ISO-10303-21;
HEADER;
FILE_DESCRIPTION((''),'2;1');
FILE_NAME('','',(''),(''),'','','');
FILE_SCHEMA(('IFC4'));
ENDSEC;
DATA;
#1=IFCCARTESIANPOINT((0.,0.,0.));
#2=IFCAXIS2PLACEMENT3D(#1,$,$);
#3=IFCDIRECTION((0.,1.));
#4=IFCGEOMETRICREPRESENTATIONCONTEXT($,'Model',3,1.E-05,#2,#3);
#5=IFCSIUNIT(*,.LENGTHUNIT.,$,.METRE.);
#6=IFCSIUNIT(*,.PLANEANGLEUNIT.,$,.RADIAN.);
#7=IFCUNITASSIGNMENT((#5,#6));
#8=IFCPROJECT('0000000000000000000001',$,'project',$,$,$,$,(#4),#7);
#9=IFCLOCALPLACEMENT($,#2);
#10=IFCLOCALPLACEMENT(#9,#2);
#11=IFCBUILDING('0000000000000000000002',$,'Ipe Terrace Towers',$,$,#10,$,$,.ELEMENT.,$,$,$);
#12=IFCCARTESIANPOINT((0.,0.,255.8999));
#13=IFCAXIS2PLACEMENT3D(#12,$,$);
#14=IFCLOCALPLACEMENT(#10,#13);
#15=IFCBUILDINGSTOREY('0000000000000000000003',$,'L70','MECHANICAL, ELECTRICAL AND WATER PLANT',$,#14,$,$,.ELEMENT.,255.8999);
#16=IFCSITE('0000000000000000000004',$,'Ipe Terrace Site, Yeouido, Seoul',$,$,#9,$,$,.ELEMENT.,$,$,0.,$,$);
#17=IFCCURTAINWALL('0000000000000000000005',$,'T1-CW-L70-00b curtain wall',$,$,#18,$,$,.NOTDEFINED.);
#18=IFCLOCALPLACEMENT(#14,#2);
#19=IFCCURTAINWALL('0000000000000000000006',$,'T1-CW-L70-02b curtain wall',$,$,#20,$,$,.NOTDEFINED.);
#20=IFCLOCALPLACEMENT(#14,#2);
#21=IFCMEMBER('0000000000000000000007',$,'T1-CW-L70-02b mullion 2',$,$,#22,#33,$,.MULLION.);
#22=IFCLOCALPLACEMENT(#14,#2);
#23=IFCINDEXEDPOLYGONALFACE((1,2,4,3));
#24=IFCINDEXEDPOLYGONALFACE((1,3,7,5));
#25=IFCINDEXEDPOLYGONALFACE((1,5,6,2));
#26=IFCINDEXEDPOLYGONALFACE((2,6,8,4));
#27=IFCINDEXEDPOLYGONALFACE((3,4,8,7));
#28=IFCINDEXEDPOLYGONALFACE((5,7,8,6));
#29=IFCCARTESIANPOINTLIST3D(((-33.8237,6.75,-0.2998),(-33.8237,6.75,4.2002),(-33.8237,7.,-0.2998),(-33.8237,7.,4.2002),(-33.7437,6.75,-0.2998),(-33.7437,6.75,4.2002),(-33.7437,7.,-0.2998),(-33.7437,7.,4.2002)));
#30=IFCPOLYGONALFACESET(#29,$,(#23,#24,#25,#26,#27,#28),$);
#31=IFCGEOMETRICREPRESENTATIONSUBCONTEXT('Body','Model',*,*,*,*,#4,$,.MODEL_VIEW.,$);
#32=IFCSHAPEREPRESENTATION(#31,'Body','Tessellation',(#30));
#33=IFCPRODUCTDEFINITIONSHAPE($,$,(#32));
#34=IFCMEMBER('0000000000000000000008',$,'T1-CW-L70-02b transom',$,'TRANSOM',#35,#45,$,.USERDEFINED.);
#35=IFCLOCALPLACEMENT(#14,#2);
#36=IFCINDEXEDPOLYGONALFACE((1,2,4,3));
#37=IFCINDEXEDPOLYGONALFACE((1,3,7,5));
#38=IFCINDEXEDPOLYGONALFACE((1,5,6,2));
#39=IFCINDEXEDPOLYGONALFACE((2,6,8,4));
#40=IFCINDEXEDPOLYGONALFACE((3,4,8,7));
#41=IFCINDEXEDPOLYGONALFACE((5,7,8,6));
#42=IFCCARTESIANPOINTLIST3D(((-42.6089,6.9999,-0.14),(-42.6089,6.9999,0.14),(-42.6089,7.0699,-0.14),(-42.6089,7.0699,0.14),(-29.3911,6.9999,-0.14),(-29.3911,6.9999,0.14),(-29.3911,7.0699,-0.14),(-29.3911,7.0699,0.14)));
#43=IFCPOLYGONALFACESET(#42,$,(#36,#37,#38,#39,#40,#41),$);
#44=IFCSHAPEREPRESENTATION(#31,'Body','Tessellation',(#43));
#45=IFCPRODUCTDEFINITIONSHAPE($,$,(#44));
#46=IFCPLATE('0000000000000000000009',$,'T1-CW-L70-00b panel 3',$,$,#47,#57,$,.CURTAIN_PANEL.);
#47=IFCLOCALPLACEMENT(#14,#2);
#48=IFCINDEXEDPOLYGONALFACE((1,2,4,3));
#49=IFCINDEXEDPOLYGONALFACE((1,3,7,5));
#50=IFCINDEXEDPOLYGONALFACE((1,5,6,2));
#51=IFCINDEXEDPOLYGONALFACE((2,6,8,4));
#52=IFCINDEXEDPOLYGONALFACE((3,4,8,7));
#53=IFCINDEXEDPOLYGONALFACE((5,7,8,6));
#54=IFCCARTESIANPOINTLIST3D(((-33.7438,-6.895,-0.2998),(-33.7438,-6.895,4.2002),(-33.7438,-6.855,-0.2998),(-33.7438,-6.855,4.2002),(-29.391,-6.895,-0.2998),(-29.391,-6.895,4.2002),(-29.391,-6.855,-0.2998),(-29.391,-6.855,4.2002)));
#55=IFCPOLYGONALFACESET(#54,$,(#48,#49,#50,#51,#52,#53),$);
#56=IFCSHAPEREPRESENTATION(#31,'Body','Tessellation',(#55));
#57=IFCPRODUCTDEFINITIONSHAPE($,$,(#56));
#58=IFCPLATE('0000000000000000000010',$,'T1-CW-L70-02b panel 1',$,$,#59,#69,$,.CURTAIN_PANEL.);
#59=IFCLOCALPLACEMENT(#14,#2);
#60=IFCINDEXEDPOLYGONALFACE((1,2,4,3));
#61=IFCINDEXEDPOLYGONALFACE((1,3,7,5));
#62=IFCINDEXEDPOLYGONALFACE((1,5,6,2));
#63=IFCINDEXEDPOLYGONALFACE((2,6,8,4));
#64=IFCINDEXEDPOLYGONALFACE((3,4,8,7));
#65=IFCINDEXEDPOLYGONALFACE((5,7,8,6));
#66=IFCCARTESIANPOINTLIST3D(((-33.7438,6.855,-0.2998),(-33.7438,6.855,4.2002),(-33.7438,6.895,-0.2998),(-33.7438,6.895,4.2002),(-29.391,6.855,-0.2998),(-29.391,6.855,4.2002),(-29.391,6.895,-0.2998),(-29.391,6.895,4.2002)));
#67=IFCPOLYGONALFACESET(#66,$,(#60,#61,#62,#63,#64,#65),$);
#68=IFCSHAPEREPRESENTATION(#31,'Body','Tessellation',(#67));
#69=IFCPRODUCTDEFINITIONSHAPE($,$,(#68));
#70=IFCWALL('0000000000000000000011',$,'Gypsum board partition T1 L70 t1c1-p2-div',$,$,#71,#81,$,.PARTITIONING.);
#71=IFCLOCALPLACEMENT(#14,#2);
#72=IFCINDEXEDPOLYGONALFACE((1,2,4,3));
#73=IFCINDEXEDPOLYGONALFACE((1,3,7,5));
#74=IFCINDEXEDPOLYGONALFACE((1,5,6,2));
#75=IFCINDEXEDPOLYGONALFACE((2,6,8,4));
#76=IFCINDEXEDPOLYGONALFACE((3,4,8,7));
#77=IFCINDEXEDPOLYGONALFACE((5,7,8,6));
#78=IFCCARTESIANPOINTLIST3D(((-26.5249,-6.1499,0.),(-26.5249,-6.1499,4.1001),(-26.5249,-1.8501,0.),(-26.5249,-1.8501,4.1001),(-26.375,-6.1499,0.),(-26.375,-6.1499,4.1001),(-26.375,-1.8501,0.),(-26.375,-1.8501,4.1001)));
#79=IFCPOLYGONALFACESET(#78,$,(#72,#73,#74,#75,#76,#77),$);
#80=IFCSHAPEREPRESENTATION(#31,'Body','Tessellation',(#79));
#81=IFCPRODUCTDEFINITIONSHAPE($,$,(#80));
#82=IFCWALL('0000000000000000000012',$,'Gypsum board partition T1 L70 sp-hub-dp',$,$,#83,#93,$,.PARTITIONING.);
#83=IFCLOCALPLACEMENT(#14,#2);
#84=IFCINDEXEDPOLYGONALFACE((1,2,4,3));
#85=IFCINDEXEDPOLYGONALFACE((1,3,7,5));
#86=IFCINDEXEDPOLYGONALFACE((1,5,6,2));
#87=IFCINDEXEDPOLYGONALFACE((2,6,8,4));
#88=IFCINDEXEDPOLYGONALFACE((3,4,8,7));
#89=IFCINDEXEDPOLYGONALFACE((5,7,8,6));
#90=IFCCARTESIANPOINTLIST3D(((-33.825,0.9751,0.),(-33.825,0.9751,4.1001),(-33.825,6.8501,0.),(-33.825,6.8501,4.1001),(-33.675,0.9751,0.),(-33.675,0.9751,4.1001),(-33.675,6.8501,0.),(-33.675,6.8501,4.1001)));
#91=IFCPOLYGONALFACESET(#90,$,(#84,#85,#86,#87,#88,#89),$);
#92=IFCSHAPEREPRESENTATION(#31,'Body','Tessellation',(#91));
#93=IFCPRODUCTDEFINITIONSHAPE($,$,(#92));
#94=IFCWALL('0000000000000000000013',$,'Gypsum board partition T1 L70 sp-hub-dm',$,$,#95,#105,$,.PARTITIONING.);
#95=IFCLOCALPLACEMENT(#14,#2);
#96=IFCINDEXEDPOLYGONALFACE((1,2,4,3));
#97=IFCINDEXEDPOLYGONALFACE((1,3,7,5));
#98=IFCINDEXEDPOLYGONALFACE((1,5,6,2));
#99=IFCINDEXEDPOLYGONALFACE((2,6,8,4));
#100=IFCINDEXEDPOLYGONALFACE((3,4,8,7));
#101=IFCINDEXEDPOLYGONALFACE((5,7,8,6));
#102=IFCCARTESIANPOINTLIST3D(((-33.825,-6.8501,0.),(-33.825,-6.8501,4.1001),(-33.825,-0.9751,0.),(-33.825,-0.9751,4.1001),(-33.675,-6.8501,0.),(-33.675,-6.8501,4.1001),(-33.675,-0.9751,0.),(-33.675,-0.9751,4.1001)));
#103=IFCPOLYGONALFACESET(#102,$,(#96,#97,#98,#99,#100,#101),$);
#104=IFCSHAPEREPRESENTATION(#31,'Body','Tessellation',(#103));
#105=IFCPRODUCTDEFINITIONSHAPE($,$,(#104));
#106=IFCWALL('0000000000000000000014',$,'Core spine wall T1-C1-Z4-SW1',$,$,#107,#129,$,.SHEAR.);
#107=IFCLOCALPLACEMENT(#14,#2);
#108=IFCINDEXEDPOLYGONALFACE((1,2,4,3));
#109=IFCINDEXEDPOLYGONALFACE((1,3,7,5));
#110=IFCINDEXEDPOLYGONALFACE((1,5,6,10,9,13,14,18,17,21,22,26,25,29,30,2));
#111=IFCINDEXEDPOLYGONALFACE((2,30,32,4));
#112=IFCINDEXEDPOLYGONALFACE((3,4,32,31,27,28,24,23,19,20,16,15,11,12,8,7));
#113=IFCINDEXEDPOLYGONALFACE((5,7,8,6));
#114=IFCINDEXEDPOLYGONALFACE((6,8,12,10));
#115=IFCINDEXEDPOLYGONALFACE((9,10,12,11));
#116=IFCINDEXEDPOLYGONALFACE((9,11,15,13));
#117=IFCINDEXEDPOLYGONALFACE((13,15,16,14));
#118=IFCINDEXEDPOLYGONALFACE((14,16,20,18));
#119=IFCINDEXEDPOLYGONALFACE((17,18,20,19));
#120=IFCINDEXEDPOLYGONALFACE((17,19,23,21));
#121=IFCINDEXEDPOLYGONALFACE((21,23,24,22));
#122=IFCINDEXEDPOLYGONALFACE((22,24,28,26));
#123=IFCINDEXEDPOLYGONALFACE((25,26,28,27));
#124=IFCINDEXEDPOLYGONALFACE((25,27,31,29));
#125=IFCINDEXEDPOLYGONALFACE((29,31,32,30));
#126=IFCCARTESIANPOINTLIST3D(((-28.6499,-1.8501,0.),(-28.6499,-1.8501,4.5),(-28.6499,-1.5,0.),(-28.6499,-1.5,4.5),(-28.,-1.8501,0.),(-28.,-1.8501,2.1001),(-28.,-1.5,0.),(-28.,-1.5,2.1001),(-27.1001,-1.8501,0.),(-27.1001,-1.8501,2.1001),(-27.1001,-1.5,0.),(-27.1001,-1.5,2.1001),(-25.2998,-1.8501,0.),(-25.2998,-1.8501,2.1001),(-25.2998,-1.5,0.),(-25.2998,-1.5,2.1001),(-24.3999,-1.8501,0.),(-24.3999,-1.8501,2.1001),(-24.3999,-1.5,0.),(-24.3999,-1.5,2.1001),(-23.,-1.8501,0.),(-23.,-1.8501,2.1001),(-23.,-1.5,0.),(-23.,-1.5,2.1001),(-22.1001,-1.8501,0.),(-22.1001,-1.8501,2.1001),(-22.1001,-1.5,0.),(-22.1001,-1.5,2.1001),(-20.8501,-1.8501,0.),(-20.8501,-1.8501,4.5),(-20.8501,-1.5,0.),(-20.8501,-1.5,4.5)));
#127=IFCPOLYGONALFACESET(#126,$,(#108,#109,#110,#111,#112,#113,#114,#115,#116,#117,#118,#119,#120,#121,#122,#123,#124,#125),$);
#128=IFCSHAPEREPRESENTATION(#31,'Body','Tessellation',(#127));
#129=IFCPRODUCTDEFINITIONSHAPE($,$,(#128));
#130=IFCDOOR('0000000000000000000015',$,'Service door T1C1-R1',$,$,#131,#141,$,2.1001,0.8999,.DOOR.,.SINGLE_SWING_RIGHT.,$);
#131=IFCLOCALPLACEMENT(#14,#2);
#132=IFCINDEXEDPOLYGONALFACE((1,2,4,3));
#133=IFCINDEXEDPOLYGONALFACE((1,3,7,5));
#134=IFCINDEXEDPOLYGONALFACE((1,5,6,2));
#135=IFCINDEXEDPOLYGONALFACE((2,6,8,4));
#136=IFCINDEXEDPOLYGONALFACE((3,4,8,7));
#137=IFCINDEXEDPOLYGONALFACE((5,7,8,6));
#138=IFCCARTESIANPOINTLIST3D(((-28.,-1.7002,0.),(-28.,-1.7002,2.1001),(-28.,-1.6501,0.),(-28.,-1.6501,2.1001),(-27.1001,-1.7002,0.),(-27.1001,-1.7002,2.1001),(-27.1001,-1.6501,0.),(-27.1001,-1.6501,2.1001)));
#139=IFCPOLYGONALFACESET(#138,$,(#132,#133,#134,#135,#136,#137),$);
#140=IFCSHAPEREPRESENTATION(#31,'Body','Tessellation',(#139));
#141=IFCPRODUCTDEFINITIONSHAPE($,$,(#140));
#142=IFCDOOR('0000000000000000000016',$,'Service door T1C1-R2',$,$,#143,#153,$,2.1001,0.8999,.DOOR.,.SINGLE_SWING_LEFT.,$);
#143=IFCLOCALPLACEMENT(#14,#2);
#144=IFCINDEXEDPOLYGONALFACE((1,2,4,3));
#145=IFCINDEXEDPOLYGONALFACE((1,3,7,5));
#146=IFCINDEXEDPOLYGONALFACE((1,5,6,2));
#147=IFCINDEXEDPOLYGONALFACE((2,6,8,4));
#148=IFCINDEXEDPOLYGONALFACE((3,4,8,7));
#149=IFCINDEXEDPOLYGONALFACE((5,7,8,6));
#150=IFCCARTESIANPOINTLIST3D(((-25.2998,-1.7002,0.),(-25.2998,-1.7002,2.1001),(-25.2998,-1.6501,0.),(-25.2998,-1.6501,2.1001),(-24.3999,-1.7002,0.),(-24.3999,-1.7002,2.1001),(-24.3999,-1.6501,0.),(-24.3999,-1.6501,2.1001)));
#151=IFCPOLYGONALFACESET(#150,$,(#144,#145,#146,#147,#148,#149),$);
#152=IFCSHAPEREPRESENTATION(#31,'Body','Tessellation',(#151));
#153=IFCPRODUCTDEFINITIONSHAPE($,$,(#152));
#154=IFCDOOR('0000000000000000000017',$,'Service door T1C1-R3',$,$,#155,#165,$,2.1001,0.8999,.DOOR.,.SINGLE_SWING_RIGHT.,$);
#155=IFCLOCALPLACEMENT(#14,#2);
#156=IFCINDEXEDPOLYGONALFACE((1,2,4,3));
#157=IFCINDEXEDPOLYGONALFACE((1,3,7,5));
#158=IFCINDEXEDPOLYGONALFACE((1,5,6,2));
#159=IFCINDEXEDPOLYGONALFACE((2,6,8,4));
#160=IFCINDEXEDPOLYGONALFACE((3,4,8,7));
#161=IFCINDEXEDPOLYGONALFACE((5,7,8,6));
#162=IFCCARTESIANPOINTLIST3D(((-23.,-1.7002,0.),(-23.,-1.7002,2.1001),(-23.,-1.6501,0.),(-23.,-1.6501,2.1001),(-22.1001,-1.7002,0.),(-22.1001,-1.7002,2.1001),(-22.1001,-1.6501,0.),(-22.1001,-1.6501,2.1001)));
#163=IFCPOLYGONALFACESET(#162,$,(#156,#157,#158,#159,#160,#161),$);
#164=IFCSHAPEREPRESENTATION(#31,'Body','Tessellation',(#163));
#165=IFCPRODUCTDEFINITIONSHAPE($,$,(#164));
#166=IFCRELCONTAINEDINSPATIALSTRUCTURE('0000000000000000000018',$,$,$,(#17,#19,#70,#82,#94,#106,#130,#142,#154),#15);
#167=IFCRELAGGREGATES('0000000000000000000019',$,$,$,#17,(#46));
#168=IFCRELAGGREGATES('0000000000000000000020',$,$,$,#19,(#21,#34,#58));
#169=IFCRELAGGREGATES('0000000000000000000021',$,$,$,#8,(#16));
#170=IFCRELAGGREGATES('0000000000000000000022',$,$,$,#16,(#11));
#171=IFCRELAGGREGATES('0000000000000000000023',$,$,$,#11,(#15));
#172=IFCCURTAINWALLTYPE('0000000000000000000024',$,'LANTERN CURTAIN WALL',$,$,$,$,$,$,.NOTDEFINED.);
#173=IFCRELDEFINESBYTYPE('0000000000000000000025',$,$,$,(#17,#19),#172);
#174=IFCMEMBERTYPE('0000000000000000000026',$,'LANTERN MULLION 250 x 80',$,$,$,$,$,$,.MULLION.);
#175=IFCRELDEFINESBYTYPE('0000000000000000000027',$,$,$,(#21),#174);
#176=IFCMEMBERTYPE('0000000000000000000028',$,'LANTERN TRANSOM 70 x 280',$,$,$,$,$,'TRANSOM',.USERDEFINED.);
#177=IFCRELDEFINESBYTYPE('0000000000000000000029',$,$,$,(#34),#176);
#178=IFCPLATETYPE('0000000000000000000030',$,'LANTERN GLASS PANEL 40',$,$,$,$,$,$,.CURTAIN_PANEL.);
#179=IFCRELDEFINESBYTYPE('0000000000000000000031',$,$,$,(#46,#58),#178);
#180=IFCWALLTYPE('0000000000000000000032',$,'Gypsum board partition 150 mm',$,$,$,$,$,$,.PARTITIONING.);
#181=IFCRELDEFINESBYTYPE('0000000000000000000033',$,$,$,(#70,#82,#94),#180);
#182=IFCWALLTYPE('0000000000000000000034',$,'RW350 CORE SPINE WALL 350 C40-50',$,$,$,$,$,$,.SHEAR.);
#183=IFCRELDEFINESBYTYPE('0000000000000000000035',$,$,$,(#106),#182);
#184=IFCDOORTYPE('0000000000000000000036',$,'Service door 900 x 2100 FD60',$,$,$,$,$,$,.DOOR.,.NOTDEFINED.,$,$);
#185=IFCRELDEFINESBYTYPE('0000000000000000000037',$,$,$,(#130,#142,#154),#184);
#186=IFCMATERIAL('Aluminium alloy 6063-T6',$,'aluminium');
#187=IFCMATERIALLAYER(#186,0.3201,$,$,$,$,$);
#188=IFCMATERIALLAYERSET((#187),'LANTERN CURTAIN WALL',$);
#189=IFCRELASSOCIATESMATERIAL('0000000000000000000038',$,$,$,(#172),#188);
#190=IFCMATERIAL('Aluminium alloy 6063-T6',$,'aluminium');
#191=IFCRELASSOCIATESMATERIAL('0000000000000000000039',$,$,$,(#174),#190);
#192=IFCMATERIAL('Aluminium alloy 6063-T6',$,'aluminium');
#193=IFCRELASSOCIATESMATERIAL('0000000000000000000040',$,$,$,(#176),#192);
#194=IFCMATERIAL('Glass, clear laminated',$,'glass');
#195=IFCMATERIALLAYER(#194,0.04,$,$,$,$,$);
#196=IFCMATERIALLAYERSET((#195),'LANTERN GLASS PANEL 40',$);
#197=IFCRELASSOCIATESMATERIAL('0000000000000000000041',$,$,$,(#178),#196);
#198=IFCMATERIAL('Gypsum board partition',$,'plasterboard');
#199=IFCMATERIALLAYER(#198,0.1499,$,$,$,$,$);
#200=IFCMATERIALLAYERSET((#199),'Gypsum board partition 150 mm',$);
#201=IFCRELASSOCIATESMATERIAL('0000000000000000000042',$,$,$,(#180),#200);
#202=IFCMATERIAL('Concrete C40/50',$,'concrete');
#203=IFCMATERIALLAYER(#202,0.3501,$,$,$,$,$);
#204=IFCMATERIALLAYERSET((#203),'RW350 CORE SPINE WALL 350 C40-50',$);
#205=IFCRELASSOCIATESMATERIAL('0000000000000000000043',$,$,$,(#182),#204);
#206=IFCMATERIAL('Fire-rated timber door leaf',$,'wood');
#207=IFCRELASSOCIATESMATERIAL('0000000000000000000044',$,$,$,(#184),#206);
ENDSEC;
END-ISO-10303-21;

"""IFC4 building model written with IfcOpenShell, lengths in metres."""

from ifc_helpers import new_model, si_unit, direction, frame, frame_2d, origin, origin_2d, place, context, subcontext, project, spatial, rectangle, extrude, material, layer, layer_set, material_profile, profile_set, type_object, element, fill, aggregate, save


model = new_model("IFC4")

# Units and contexts
model_context = context("Model", 3, precision=1e-05, world=origin(), true_north=direction((0.0, 1.0)))
body_context = subcontext(model_context, "Body", "Model", "MODEL_VIEW")
ifc_project = project(units=[si_unit("LENGTHUNIT", "METRE"), si_unit("PLANEANGLEUNIT", "RADIAN")], contexts=[model_context])

# Site, building, storey
site_placement = place(None, origin())
site = spatial("IfcSite", under=ifc_project, at=site_placement, Name="Ipe Terrace Site, Yeouido, Seoul", CompositionType="ELEMENT", RefElevation=0.0)
building_placement = place(site_placement, origin())
building = spatial("IfcBuilding", under=site, at=building_placement, Name="Ipe Terrace Towers", CompositionType="ELEMENT")
storey_placement = place(building_placement, frame((0.0, 0.0, 255.8999)))
storey = spatial("IfcBuildingStorey", under=building, at=storey_placement, Name="L70", Description="MECHANICAL, ELECTRICAL AND WATER PLANT", CompositionType="ELEMENT", Elevation=255.8999)

# Curtain walls
ifc_material_1 = material(Name="Aluminium alloy 6063-T6", Category="aluminium")
ifc_layer_1 = layer(ifc_material_1, 0.3201)
ifc_layer_set_1 = layer_set([ifc_layer_1], Name="LANTERN CURTAIN WALL")
curtain_wall_type = type_object("IfcCurtainWallType", Name="LANTERN CURTAIN WALL", PredefinedType="NOTDEFINED", material=ifc_layer_set_1)
curtain_wall_1_placement = place(storey_placement, origin())
curtain_wall_1 = element("IfcCurtainWall", 1, at=curtain_wall_1_placement, inside=storey, type_object=curtain_wall_type, Name="T1-CW-L70-00b curtain wall", PredefinedType="NOTDEFINED")
curtain_wall_2_placement = place(storey_placement, origin())
curtain_wall_2 = element("IfcCurtainWall", 2, at=curtain_wall_2_placement, inside=storey, type_object=curtain_wall_type, Name="T1-CW-L70-02b curtain wall", PredefinedType="NOTDEFINED")

# Members
ifc_material_2 = material(Name="Aluminium alloy 6063-T6", Category="aluminium")
ifc_material_profile_1 = material_profile(ifc_material_2, rectangle(XDim=0.25, YDim=0.0801, at=origin_2d()), Name="LANTERN MULLION 250 x 80")
ifc_profile_set_1 = profile_set([ifc_material_profile_1], Name="Aluminium alloy 6063-T6")
member_type_1 = type_object("IfcMemberType", Name="LANTERN MULLION 250 x 80", PredefinedType="MULLION", material=ifc_profile_set_1)
member_1_placement = place(storey_placement, frame((-33.7837, 6.875, -0.2998), z_axis=(0.0, 0.0, 1.0), x_axis=(0.0, 1.0, 0.0)))
member_1 = element("IfcMember", 3, at=member_1_placement, type_object=member_type_1, Name="T1-CW-L70-02b mullion 2", PredefinedType="MULLION", context=body_context, shape_type="SweptSolid", body=[
    extrude(rectangle(XDim=0.25, YDim=0.0801, at=origin_2d()), origin(), (0.0, 0.0, 1.0), 4.5),
])
ifc_material_3 = material(Name="Aluminium alloy 6063-T6", Category="aluminium")
ifc_material_profile_2 = material_profile(ifc_material_3, rectangle(XDim=0.0701, YDim=0.28, at=origin_2d()), Name="LANTERN TRANSOM 70 x 280")
ifc_profile_set_2 = profile_set([ifc_material_profile_2], Name="Aluminium alloy 6063-T6")
member_type_2 = type_object("IfcMemberType", Name="LANTERN TRANSOM 70 x 280", ElementType="TRANSOM", PredefinedType="USERDEFINED", material=ifc_profile_set_2)
member_2_placement = place(storey_placement, frame((-29.3911, 7.0349, 0.0), z_axis=(-1.0, 0.0, 0.0), x_axis=(0.0, 1.0, 0.0)))
member_2 = element("IfcMember", 4, at=member_2_placement, type_object=member_type_2, Name="T1-CW-L70-02b transom", ObjectType="TRANSOM", PredefinedType="USERDEFINED", context=body_context, shape_type="SweptSolid", body=[
    extrude(rectangle(XDim=0.0701, YDim=0.28, at=origin_2d()), origin(), (0.0, 0.0, 1.0), 13.2178),
])

# Plates
ifc_material_4 = material(Name="Glass, clear laminated", Category="glass")
ifc_layer_2 = layer(ifc_material_4, 0.04)
ifc_layer_set_2 = layer_set([ifc_layer_2], Name="LANTERN GLASS PANEL 40")
plate_type = type_object("IfcPlateType", Name="LANTERN GLASS PANEL 40", PredefinedType="CURTAIN_PANEL", material=ifc_layer_set_2)
plate_1_placement = place(storey_placement, frame((-31.5674, -6.875, -0.2998), z_axis=(0.0, 0.0, 1.0), x_axis=(1.0, 0.0, 0.0)))
plate_1 = element("IfcPlate", 5, at=plate_1_placement, type_object=plate_type, Name="T1-CW-L70-00b panel 3", PredefinedType="CURTAIN_PANEL", context=body_context, shape_type="SweptSolid", body=[
    extrude(rectangle(XDim=4.3528, YDim=0.04, at=origin_2d()), origin(), (0.0, 0.0, 1.0), 4.5),
])
aggregate(curtain_wall_1, [plate_1])
plate_2_placement = place(storey_placement, frame((-31.5674, 6.875, -0.2998), z_axis=(0.0, 0.0, 1.0), x_axis=(-1.0, 0.0, 0.0)))
plate_2 = element("IfcPlate", 6, at=plate_2_placement, type_object=plate_type, Name="T1-CW-L70-02b panel 1", PredefinedType="CURTAIN_PANEL", context=body_context, shape_type="SweptSolid", body=[
    extrude(rectangle(XDim=4.3528, YDim=0.04, at=origin_2d()), origin(), (0.0, 0.0, 1.0), 4.5),
])
aggregate(curtain_wall_2, [member_1, member_2, plate_2])

# Walls
ifc_material_5 = material(Name="Gypsum board partition", Category="plasterboard")
ifc_layer_3 = layer(ifc_material_5, 0.1499)
ifc_layer_set_3 = layer_set([ifc_layer_3], Name="Gypsum board partition 150 mm")
wall_type_1 = type_object("IfcWallType", Name="Gypsum board partition 150 mm", PredefinedType="PARTITIONING", material=ifc_layer_set_3)
wall_1_placement = place(storey_placement, frame((-26.45, -6.1499, 0.0), z_axis=(0.0, 0.0, 1.0), x_axis=(0.0, 1.0, 0.0)))
element("IfcWall", 7, at=wall_1_placement, inside=storey, type_object=wall_type_1, Name="Gypsum board partition T1 L70 t1c1-p2-div", PredefinedType="PARTITIONING", context=body_context, shape_type="SweptSolid", body=[
    extrude(rectangle(XDim=4.2998, YDim=0.1499, at=frame_2d((2.1499, 0.0))), origin(), (0.0, 0.0, 1.0), 4.1001),
])
for number, where, z_axis, x_axis, name in (
    (8, (-33.75, 0.9751, 0.0), (0.0, 0.0, 1.0), (0.0, 1.0, 0.0), "Gypsum board partition T1 L70 sp-hub-dp"),
    (9, (-33.75, -0.9751, 0.0), (0.0, 0.0, 1.0), (0.0, -1.0, 0.0), "Gypsum board partition T1 L70 sp-hub-dm"),
):
    element("IfcWall", number, at=place(storey_placement, frame(where, z_axis=z_axis, x_axis=x_axis)), inside=storey, type_object=wall_type_1, Name=name, PredefinedType="PARTITIONING", context=body_context, shape_type="SweptSolid", body=[
        extrude(rectangle(XDim=5.875, YDim=0.1499, at=frame_2d((2.9375, 0.0))), origin(), (0.0, 0.0, 1.0), 4.1001),
    ])

# Wall, openings, doors
ifc_material_6 = material(Name="Concrete C40/50", Category="concrete")
ifc_layer_4 = layer(ifc_material_6, 0.3501)
ifc_layer_set_4 = layer_set([ifc_layer_4], Name="RW350 CORE SPINE WALL 350 C40-50")
wall_type_2 = type_object("IfcWallType", Name="RW350 CORE SPINE WALL 350 C40-50", PredefinedType="SHEAR", material=ifc_layer_set_4)
wall_2_placement = place(storey_placement, frame((-28.6499, -1.675, 0.0), z_axis=(0.0, 0.0, 1.0), x_axis=(1.0, 0.0, 0.0)))
wall_2 = element("IfcWall", 10, at=wall_2_placement, inside=storey, type_object=wall_type_2, Name="Core spine wall T1-C1-Z4-SW1", PredefinedType="SHEAR", context=body_context, shape_type="SweptSolid", body=[
    extrude(rectangle(XDim=7.7998, YDim=0.3501, at=frame_2d((3.8999, 0.0))), origin(), (0.0, 0.0, 1.0), 4.5),
])
opening_1_placement = place(wall_2_placement, frame((0.6499, 0.0, 0.0)))
opening_1 = element("IfcOpeningElement", 11, at=opening_1_placement, cuts=wall_2, PredefinedType="OPENING", context=body_context, shape_type="SweptSolid", body=[
    extrude(rectangle(XDim=0.8999, YDim=2.1001, at=frame_2d((0.45, 1.05))), frame((0.0, 0.1851, 0.0), z_axis=(0.0, -1.0, 0.0), x_axis=(1.0, 0.0, 0.0)), (0.0, 0.0, 1.0), 0.3701),
])
opening_2_placement = place(wall_2_placement, frame((3.3501, 0.0, 0.0)))
opening_2 = element("IfcOpeningElement", 12, at=opening_2_placement, cuts=wall_2, PredefinedType="OPENING", context=body_context, shape_type="SweptSolid", body=[
    extrude(rectangle(XDim=0.8999, YDim=2.1001, at=frame_2d((0.45, 1.05))), frame((0.0, 0.1851, 0.0), z_axis=(0.0, -1.0, 0.0), x_axis=(1.0, 0.0, 0.0)), (0.0, 0.0, 1.0), 0.3701),
])
opening_3_placement = place(wall_2_placement, frame((5.6499, 0.0, 0.0)))
opening_3 = element("IfcOpeningElement", 13, at=opening_3_placement, cuts=wall_2, PredefinedType="OPENING", context=body_context, shape_type="SweptSolid", body=[
    extrude(rectangle(XDim=0.8999, YDim=2.1001, at=frame_2d((0.45, 1.05))), frame((0.0, 0.1851, 0.0), z_axis=(0.0, -1.0, 0.0), x_axis=(1.0, 0.0, 0.0)), (0.0, 0.0, 1.0), 0.3701),
])
ifc_material_7 = material(Name="Fire-rated timber door leaf", Category="wood")
door_type_1 = type_object("IfcDoorType", Name="Service door 900 x 2100 FD60", OperationType="NOTDEFINED", PredefinedType="DOOR", material=ifc_material_7)
door_1_placement = place(opening_1_placement, origin())
door_1 = element("IfcDoor", 14, at=door_1_placement, inside=storey, type_object=door_type_1, Name="Service door T1C1-R1", OperationType="SINGLE_SWING_RIGHT", OverallHeight=2.1001, OverallWidth=0.8999, PredefinedType="DOOR", context=body_context, shape_type="SweptSolid", body=[
    extrude(rectangle(XDim=0.8999, YDim=2.1001, at=frame_2d((0.45, 1.05))), frame((0.0, 0.0249, 0.0), z_axis=(0.0, -1.0, 0.0), x_axis=(1.0, 0.0, 0.0)), (0.0, 0.0, 1.0), 0.05),
])
fill(opening_1, door_1)
door_2_placement = place(opening_2_placement, origin())
door_2 = element("IfcDoor", 15, at=door_2_placement, inside=storey, type_object=door_type_1, Name="Service door T1C1-R2", OperationType="SINGLE_SWING_LEFT", OverallHeight=2.1001, OverallWidth=0.8999, PredefinedType="DOOR", context=body_context, shape_type="SweptSolid", body=[
    extrude(rectangle(XDim=0.8999, YDim=2.1001, at=frame_2d((0.45, 1.05))), frame((0.0, 0.0249, 0.0), z_axis=(0.0, -1.0, 0.0), x_axis=(1.0, 0.0, 0.0)), (0.0, 0.0, 1.0), 0.05),
])
fill(opening_2, door_2)
door_3_placement = place(opening_3_placement, origin())
door_3 = element("IfcDoor", 16, at=door_3_placement, inside=storey, type_object=door_type_1, Name="Service door T1C1-R3", OperationType="SINGLE_SWING_RIGHT", OverallHeight=2.1001, OverallWidth=0.8999, PredefinedType="DOOR", context=body_context, shape_type="SweptSolid", body=[
    extrude(rectangle(XDim=0.8999, YDim=2.1001, at=frame_2d((0.45, 1.05))), frame((0.0, 0.0249, 0.0), z_axis=(0.0, -1.0, 0.0), x_axis=(1.0, 0.0, 0.0)), (0.0, 0.0, 1.0), 0.05),
])
fill(opening_3, door_3)

save(model, "model.ifc")
